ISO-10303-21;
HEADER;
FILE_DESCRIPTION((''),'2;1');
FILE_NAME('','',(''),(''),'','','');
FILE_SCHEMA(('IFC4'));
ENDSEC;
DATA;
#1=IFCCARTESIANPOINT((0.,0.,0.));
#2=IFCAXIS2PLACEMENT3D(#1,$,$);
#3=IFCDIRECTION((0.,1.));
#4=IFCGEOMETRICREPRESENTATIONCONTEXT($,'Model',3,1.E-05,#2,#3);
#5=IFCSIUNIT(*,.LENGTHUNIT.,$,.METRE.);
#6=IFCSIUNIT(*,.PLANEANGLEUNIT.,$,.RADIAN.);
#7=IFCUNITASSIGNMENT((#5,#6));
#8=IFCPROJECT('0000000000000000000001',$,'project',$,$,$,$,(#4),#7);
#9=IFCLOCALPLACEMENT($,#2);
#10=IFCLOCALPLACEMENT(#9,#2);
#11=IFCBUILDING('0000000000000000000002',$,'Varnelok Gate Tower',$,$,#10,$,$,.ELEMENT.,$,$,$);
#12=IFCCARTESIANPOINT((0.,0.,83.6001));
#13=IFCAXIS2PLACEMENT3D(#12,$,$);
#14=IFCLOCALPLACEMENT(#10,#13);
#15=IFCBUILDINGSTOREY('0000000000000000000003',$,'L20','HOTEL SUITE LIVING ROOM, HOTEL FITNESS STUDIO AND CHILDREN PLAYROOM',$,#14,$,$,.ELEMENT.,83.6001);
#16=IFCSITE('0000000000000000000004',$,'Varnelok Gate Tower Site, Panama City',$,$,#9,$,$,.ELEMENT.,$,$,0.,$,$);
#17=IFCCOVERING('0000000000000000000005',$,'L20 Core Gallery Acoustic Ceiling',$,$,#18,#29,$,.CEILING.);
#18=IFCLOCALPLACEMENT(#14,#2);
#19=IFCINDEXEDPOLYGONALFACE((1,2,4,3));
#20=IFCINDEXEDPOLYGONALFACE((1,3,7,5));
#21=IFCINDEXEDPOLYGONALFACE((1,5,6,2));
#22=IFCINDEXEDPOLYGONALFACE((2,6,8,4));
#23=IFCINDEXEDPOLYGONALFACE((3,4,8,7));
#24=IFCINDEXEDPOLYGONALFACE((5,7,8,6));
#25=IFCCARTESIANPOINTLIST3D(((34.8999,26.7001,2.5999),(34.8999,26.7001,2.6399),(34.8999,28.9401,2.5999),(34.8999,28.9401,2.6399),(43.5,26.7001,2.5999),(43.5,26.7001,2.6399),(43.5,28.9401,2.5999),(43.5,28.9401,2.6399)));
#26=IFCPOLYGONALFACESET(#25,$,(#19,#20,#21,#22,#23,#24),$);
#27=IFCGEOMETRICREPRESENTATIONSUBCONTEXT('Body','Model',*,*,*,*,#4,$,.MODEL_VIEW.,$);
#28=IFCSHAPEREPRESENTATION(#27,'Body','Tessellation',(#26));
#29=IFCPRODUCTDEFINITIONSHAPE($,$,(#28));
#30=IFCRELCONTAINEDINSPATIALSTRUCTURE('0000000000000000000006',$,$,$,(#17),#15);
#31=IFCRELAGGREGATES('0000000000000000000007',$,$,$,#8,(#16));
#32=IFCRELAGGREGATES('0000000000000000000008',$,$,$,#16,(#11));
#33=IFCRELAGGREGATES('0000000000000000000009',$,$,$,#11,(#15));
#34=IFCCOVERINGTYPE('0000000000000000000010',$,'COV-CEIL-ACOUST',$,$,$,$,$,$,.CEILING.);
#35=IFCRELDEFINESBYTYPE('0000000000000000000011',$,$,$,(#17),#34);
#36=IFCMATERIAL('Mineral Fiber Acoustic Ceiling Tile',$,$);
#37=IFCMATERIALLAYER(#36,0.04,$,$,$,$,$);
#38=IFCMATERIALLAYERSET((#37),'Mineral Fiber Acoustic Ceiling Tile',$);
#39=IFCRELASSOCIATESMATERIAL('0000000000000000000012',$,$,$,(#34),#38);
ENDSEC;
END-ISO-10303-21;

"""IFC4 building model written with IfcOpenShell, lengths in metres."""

from ifc_helpers import new_model, si_unit, direction, frame, origin, origin_2d, place, context, subcontext, project, spatial, rectangle, extrude, source, transform, mapped, material, layer, layer_set, type_object, element, save


model = new_model("IFC4")

# Units and contexts
model_context = context("Model", 3, precision=1e-05, world=origin(), true_north=direction((0.0, 1.0)))
body_context = subcontext(model_context, "Body", "Model", "MODEL_VIEW")
ifc_project = project(units=[si_unit("LENGTHUNIT", "METRE"), si_unit("PLANEANGLEUNIT", "RADIAN")], contexts=[model_context])

# Site, building, storey
site_placement = place(None, origin())
site = spatial("IfcSite", under=ifc_project, at=site_placement, Name="Varnelok Gate Tower Site, Panama City", CompositionType="ELEMENT", RefElevation=0.0)
building_placement = place(site_placement, origin())
building = spatial("IfcBuilding", under=site, at=building_placement, Name="Varnelok Gate Tower", CompositionType="ELEMENT")
storey_placement = place(building_placement, frame((0.0, 0.0, 83.6001)))
storey = spatial("IfcBuildingStorey", under=building, at=storey_placement, Name="L20", Description="HOTEL SUITE LIVING ROOM, HOTEL FITNESS STUDIO AND CHILDREN PLAYROOM", CompositionType="ELEMENT", Elevation=83.6001)

# Covering
ifc_material_1 = material(Name="Mineral Fiber Acoustic Ceiling Tile")
ifc_layer_1 = layer(ifc_material_1, 0.04)
ifc_layer_set_1 = layer_set([ifc_layer_1], Name="Mineral Fiber Acoustic Ceiling Tile")
covering_type_1 = type_object("IfcCoveringType", Name="COV-CEIL-ACOUST", PredefinedType="CEILING", material=ifc_layer_set_1)
shared_shape_1 = source(origin(), body_context, "Body", "SweptSolid", [
    extrude(rectangle(XDim=8.6001, YDim=2.24, at=origin_2d()), origin(), (0.0, 0.0, 1.0), 0.04),
])
covering_1_placement = place(storey_placement, frame((39.2, 27.8201, 2.5999), z_axis=(0.0, 0.0, 1.0), x_axis=(1.0, 0.0, 0.0)))
element("IfcCovering", 1, at=covering_1_placement, inside=storey, type_object=covering_type_1, Name="L20 Core Gallery Acoustic Ceiling", PredefinedType="CEILING", context=body_context, shape_type="MappedRepresentation", body=[
    mapped(shared_shape_1, transform((0.0, 0.0, 0.0), scale=1.0)),
])

save(model, "model.ifc")
